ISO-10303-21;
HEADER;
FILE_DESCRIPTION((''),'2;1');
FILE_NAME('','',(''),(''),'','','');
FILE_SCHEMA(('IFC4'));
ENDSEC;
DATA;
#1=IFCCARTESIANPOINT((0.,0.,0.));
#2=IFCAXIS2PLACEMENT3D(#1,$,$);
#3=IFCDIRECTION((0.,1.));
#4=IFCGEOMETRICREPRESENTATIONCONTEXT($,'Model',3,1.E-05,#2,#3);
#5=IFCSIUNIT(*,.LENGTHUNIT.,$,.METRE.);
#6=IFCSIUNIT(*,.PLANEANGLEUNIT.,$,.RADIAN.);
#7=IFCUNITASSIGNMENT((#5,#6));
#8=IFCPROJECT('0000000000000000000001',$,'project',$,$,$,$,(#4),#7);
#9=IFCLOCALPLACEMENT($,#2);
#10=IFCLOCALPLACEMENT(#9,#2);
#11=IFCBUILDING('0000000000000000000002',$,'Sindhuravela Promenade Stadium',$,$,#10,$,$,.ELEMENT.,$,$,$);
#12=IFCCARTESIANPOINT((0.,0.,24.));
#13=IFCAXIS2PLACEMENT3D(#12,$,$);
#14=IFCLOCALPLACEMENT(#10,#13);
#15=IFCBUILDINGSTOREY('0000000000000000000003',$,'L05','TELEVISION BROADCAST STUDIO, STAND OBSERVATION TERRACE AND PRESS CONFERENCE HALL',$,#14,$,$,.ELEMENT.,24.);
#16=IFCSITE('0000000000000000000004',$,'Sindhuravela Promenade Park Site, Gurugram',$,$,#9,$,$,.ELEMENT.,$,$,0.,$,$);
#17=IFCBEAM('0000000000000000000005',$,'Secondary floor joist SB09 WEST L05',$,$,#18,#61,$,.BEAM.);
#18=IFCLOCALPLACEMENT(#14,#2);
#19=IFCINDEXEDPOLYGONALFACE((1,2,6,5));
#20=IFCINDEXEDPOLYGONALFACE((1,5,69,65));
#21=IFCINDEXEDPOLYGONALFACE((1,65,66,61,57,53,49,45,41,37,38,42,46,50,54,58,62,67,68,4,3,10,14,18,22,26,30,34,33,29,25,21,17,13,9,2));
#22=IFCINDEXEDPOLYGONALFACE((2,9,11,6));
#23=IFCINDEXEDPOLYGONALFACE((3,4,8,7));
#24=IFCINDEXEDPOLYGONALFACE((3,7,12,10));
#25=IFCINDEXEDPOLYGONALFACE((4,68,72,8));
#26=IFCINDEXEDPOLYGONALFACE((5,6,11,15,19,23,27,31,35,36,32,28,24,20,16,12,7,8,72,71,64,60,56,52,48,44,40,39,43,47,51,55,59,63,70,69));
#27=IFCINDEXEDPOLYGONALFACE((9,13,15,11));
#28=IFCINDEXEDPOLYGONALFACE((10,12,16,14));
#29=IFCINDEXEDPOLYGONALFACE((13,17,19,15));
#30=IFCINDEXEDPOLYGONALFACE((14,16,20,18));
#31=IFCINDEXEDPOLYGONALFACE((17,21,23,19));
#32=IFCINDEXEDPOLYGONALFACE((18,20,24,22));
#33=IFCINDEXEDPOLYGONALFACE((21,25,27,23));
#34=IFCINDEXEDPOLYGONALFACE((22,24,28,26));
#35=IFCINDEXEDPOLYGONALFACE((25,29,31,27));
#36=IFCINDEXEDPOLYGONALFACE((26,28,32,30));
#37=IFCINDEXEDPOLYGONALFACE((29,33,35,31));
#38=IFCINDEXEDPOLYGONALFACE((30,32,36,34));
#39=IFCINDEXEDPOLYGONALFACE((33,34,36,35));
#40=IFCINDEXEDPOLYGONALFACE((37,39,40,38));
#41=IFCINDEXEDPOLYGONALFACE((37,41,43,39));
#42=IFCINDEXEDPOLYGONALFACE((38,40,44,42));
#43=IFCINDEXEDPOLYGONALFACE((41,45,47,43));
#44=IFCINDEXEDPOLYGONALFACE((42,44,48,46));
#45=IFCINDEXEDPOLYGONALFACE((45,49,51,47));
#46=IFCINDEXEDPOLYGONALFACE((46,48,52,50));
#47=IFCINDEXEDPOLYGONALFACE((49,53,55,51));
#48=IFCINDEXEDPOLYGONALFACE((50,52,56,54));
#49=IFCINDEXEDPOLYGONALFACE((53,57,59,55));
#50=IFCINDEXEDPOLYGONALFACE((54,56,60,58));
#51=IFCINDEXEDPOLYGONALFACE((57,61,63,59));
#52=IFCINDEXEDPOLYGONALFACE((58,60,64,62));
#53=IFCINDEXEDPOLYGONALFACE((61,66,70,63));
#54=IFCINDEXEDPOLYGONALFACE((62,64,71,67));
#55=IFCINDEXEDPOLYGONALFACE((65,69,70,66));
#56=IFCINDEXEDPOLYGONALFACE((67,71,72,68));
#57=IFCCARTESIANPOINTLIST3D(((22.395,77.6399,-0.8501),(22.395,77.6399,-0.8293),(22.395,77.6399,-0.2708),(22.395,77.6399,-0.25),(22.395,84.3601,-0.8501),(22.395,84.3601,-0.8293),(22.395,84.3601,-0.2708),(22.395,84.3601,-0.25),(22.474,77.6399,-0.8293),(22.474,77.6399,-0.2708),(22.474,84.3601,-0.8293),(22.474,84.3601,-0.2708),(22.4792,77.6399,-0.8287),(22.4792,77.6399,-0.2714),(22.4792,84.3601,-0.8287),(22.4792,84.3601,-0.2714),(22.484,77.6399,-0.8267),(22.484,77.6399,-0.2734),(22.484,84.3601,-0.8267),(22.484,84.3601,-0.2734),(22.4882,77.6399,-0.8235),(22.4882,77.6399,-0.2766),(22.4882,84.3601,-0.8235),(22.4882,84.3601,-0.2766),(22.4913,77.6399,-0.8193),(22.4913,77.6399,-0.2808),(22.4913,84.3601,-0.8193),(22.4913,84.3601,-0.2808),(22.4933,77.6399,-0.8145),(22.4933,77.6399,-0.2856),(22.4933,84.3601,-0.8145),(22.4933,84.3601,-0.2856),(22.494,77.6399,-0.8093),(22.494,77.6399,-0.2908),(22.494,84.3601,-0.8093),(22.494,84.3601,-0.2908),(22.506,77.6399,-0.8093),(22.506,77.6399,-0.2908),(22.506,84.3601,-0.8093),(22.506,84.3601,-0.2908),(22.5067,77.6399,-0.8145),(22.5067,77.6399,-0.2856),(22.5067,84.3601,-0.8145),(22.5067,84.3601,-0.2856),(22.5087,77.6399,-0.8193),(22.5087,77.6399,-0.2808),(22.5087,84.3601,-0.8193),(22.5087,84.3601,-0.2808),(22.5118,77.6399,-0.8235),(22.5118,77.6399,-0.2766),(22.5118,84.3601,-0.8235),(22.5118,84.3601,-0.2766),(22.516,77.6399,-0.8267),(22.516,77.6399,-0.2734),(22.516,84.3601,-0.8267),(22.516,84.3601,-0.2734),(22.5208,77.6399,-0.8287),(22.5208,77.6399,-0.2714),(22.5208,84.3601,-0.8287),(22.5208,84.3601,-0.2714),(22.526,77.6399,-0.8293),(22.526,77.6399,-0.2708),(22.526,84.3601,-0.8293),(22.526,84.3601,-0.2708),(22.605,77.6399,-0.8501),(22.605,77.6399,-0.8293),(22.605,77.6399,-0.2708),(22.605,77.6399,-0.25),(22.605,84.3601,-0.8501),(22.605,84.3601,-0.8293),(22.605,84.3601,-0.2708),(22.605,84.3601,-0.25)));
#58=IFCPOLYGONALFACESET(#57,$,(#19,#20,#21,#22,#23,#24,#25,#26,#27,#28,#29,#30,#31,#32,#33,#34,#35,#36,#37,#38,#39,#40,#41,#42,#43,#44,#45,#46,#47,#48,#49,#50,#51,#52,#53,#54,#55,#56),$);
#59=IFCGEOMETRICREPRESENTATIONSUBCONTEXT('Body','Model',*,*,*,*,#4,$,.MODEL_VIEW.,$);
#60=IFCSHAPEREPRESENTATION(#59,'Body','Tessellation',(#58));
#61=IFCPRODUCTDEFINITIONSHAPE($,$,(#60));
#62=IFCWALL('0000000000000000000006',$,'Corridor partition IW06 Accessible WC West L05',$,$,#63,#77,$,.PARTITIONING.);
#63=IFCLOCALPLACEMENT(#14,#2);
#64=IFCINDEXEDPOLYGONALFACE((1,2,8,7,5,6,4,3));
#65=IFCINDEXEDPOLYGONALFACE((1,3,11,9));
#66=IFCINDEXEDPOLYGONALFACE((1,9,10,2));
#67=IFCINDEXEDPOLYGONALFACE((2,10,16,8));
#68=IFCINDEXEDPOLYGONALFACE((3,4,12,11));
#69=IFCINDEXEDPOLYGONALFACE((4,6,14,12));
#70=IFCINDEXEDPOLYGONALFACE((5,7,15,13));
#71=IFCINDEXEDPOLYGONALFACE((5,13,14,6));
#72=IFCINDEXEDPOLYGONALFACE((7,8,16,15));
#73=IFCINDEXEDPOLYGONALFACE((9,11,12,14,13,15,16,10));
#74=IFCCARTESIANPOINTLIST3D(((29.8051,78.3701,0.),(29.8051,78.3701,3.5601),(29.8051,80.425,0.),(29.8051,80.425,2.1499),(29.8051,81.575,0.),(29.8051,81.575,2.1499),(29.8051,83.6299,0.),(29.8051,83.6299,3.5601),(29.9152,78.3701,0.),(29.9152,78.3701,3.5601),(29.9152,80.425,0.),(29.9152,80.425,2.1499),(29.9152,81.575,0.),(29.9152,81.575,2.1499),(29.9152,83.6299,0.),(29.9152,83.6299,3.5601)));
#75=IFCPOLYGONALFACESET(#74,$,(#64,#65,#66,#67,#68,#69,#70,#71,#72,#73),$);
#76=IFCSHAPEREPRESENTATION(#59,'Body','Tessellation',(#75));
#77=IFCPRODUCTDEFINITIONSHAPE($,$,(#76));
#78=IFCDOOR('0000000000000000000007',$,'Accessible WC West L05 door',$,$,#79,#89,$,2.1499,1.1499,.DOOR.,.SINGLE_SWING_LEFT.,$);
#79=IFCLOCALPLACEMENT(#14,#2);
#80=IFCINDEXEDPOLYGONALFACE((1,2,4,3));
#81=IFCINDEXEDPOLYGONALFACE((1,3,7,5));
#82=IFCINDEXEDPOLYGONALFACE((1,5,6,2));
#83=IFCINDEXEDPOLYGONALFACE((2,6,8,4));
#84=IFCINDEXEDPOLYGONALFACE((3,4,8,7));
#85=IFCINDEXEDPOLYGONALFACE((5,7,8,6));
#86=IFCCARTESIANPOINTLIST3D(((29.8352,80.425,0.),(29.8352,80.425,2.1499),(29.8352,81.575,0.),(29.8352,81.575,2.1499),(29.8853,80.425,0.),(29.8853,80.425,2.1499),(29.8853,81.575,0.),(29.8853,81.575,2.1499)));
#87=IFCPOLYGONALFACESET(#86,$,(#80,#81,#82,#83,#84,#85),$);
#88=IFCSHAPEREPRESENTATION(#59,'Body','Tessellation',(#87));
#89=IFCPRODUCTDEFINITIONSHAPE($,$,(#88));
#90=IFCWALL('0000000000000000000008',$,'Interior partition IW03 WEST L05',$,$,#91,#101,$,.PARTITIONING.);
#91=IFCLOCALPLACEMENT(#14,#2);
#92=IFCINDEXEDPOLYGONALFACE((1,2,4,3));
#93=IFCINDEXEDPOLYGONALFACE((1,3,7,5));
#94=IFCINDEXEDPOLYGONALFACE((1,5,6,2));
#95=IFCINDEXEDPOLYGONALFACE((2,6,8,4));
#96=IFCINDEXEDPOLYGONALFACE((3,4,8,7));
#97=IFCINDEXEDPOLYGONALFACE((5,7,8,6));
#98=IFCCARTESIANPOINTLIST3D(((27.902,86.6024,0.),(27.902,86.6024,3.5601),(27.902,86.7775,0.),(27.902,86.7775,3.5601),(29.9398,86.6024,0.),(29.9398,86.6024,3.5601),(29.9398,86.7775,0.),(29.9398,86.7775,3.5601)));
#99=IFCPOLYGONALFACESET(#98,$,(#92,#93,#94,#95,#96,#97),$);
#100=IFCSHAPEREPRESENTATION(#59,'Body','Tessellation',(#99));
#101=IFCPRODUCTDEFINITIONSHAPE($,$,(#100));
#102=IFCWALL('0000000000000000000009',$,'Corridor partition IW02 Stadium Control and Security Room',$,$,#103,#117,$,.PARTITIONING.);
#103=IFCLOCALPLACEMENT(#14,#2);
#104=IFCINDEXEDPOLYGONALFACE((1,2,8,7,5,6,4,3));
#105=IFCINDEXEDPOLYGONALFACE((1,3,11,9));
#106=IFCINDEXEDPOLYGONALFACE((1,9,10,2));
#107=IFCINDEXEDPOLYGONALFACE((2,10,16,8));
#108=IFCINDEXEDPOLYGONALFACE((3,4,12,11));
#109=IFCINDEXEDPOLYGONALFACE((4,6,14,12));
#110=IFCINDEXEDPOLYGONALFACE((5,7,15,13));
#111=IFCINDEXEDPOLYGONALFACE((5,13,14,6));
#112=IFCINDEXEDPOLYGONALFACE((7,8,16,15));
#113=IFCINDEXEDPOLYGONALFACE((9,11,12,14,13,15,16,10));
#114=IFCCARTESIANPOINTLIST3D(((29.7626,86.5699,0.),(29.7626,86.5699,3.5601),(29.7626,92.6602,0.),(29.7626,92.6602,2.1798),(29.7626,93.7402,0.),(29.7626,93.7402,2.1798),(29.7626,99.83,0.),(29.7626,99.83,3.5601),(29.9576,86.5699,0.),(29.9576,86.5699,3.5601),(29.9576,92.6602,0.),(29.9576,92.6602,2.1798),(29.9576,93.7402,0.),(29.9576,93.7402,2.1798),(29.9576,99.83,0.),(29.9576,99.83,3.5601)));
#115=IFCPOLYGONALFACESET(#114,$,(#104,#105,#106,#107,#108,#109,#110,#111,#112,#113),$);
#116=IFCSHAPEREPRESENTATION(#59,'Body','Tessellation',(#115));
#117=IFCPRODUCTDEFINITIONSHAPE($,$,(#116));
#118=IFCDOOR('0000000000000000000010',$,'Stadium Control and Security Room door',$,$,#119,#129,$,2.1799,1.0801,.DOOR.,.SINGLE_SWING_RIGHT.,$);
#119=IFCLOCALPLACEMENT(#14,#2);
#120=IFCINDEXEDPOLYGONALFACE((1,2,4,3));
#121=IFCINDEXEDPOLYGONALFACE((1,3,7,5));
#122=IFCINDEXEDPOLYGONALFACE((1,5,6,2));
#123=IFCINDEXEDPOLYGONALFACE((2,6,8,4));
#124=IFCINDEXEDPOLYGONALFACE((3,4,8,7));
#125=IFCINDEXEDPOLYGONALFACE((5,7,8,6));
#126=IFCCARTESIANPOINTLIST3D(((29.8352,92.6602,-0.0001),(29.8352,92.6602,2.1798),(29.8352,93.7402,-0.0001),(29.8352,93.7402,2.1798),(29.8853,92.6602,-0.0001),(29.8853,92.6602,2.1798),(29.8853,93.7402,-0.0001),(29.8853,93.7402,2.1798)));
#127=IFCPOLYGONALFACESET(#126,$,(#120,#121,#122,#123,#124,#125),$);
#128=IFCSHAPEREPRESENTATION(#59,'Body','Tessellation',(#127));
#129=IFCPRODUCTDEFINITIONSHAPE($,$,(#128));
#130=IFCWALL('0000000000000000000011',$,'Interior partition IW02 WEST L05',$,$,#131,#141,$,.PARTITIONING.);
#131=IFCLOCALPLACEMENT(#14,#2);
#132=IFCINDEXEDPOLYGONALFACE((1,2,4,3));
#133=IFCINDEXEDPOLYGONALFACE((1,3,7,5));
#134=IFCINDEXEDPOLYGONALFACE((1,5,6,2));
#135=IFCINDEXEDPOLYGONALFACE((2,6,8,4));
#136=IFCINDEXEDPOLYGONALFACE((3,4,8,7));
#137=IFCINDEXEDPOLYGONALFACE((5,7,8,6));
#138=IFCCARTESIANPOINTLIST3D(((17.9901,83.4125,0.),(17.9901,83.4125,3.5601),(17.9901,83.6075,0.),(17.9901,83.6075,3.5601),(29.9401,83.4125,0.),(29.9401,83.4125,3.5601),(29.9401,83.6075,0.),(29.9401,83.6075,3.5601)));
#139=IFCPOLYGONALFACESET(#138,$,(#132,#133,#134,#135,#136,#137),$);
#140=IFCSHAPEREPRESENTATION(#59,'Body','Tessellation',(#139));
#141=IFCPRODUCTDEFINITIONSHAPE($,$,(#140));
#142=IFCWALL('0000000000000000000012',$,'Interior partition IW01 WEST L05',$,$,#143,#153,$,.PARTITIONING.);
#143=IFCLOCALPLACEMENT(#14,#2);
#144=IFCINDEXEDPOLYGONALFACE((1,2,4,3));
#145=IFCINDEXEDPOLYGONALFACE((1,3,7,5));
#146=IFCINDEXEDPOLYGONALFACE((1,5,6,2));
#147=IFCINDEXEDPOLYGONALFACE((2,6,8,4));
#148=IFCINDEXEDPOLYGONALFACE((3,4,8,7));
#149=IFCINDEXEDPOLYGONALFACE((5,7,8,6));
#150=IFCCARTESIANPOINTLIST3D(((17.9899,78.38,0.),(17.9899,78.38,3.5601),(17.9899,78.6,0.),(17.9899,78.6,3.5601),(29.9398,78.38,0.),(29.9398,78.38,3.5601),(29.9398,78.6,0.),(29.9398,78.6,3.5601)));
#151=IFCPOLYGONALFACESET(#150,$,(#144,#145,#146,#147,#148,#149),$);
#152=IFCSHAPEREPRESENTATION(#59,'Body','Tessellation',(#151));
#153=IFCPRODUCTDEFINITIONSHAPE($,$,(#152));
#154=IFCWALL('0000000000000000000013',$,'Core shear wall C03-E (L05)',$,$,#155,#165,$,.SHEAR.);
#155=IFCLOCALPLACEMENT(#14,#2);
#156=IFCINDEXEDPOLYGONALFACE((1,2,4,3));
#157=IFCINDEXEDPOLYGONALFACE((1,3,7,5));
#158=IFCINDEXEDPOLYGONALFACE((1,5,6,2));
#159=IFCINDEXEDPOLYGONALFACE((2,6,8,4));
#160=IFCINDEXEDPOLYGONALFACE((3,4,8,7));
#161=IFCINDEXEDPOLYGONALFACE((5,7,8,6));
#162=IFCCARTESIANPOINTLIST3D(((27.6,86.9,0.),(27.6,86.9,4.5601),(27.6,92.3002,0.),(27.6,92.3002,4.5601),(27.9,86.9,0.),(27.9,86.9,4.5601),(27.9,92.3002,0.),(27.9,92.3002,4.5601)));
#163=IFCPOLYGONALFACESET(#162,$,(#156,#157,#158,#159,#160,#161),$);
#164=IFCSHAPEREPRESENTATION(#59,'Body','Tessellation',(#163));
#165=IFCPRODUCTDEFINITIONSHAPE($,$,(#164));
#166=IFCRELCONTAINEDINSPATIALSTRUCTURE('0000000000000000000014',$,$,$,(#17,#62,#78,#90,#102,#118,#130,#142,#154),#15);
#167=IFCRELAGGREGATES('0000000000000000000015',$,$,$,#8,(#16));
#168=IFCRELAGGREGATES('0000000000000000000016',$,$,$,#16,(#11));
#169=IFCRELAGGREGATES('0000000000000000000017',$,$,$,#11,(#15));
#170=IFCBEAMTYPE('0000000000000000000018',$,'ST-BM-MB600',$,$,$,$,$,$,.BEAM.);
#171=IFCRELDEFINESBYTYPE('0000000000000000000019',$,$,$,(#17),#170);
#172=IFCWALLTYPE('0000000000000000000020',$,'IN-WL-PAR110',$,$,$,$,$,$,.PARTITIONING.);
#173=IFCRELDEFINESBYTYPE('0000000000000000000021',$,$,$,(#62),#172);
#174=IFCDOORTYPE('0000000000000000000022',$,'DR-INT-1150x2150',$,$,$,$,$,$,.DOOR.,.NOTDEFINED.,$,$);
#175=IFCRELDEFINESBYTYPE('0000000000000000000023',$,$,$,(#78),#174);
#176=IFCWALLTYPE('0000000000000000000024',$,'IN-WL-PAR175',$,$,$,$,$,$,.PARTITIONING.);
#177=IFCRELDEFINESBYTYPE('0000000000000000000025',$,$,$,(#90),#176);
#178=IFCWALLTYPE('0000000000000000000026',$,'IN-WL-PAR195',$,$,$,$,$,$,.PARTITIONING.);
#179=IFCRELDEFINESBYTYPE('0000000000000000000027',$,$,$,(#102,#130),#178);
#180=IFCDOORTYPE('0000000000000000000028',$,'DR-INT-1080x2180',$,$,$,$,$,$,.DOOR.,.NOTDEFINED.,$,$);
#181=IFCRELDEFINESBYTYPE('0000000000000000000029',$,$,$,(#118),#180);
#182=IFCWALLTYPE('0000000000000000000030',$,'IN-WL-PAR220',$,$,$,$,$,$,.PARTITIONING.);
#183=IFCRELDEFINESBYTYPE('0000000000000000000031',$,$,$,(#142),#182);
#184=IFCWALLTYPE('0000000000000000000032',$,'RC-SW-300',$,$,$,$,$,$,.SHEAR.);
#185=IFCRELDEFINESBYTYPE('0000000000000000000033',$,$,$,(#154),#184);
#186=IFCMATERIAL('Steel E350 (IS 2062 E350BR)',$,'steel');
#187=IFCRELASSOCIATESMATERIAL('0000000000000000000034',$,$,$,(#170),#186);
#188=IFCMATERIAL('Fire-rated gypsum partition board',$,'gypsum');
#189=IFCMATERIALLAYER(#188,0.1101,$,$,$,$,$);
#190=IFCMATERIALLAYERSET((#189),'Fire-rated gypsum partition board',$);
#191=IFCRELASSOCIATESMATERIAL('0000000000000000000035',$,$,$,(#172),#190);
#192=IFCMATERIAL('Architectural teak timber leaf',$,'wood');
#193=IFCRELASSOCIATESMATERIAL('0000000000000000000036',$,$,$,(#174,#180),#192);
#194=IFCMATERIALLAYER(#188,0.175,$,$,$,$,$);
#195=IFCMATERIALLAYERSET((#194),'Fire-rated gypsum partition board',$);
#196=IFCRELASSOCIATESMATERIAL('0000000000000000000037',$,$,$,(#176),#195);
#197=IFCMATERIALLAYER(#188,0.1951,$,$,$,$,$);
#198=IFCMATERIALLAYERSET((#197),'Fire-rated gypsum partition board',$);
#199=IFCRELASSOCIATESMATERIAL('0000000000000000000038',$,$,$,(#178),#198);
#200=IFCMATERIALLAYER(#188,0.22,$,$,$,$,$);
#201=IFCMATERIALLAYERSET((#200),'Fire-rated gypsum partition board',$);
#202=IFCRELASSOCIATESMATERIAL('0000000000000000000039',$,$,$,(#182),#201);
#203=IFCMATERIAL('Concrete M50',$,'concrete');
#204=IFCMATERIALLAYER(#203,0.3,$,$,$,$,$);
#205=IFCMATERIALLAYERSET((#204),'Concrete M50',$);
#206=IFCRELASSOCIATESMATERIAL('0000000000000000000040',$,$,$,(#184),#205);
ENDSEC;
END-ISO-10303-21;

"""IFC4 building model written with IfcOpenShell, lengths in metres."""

from ifc_helpers import new_model, si_unit, direction, frame, frame_2d, origin, origin_2d, place, context, subcontext, project, spatial, rectangle, i_section, extrude, material, layer, layer_set, material_profile, profile_set, type_object, element, fill, save


model = new_model("IFC4")

# Units and contexts
model_context = context("Model", 3, precision=1e-05, world=origin(), true_north=direction((0.0, 1.0)))
body_context = subcontext(model_context, "Body", "Model", "MODEL_VIEW")
ifc_project = project(units=[si_unit("LENGTHUNIT", "METRE"), si_unit("PLANEANGLEUNIT", "RADIAN")], contexts=[model_context])

# Site, building, storey
site_placement = place(None, origin())
site = spatial("IfcSite", under=ifc_project, at=site_placement, Name="Sindhuravela Promenade Park Site, Gurugram", CompositionType="ELEMENT", RefElevation=0.0)
building_placement = place(site_placement, origin())
building = spatial("IfcBuilding", under=site, at=building_placement, Name="Sindhuravela Promenade Stadium", CompositionType="ELEMENT")
storey_placement = place(building_placement, frame((0.0, 0.0, 24.0)))
storey = spatial("IfcBuildingStorey", under=building, at=storey_placement, Name="L05", Description="TELEVISION BROADCAST STUDIO, STAND OBSERVATION TERRACE AND PRESS CONFERENCE HALL", CompositionType="ELEMENT", Elevation=24.0)

# Shared definitions
ifc_material_1 = material(Name="Steel E350 (IS 2062 E350BR)", Category="steel")

# Beam
ifc_material_profile_1 = material_profile(ifc_material_1, i_section(OverallWidth=0.21, OverallDepth=0.6001, WebThickness=0.012, FlangeThickness=0.0208, FilletRadius=0.02, at=origin_2d()), Name="ISMB 600")
ifc_profile_set_1 = profile_set([ifc_material_profile_1], Name="Steel E350 (IS 2062 E350BR)")
beam_type_1 = type_object("IfcBeamType", Name="ST-BM-MB600", PredefinedType="BEAM", material=ifc_profile_set_1)
beam_1_placement = place(storey_placement, frame((22.5, 77.6399, -0.55), z_axis=(0.0, 1.0, 0.0), x_axis=(-1.0, 0.0, 0.0)))
element("IfcBeam", 1, at=beam_1_placement, inside=storey, type_object=beam_type_1, Name="Secondary floor joist SB09 WEST L05", PredefinedType="BEAM", context=body_context, shape_type="SweptSolid", body=[
    extrude(i_section(OverallWidth=0.21, OverallDepth=0.6001, WebThickness=0.012, FlangeThickness=0.0208, FilletRadius=0.02, at=origin_2d()), origin(), (0.0, 0.0, 1.0), 6.7202),
])

# Wall, opening, door
ifc_material_2 = material(Name="Fire-rated gypsum partition board", Category="gypsum")
ifc_layer_1 = layer(ifc_material_2, 0.1101)
ifc_layer_set_1 = layer_set([ifc_layer_1], Name="Fire-rated gypsum partition board")
wall_type_1 = type_object("IfcWallType", Name="IN-WL-PAR110", PredefinedType="PARTITIONING", material=ifc_layer_set_1)
wall_1_placement = place(storey_placement, frame((29.8601, 78.3701, 0.0), z_axis=(0.0, 0.0, 1.0), x_axis=(0.0, 1.0, 0.0)))
wall_1 = element("IfcWall", 2, at=wall_1_placement, inside=storey, type_object=wall_type_1, Name="Corridor partition IW06 Accessible WC West L05", PredefinedType="PARTITIONING", context=body_context, shape_type="SweptSolid", body=[
    extrude(rectangle(XDim=5.2598, YDim=0.1101, at=frame_2d((2.6299, 0.0))), origin(), (0.0, 0.0, 1.0), 3.5601),
])
opening_1_placement = place(wall_1_placement, frame((2.0549, 0.0, 0.0)))
opening_1 = element("IfcOpeningElement", 3, at=opening_1_placement, cuts=wall_1, PredefinedType="OPENING", context=body_context, shape_type="SweptSolid", body=[
    extrude(rectangle(XDim=1.1499, YDim=2.1499, at=frame_2d((0.575, 1.075))), frame((0.0, 0.0649, 0.0), z_axis=(0.0, -1.0, 0.0), x_axis=(1.0, 0.0, 0.0)), (0.0, 0.0, 1.0), 0.1301),
])
ifc_material_3 = material(Name="Architectural teak timber leaf", Category="wood")
door_type_1 = type_object("IfcDoorType", Name="DR-INT-1150x2150", OperationType="NOTDEFINED", PredefinedType="DOOR", material=ifc_material_3)
door_1_placement = place(opening_1_placement, origin())
door_1 = element("IfcDoor", 4, at=door_1_placement, inside=storey, type_object=door_type_1, Name="Accessible WC West L05 door", OperationType="SINGLE_SWING_LEFT", OverallHeight=2.1499, OverallWidth=1.1499, PredefinedType="DOOR", context=body_context, shape_type="SweptSolid", body=[
    extrude(rectangle(XDim=1.1499, YDim=2.1499, at=frame_2d((0.575, 1.075))), frame((0.0, 0.0249, 0.0), z_axis=(0.0, -1.0, 0.0), x_axis=(1.0, 0.0, 0.0)), (0.0, 0.0, 1.0), 0.05),
])
fill(opening_1, door_1)

# Wall
ifc_layer_2 = layer(ifc_material_2, 0.175)
ifc_layer_set_2 = layer_set([ifc_layer_2], Name="Fire-rated gypsum partition board")
wall_type_2 = type_object("IfcWallType", Name="IN-WL-PAR175", PredefinedType="PARTITIONING", material=ifc_layer_set_2)
wall_2_placement = place(storey_placement, frame((29.9399, 86.6899, 0.0), z_axis=(0.0, 0.0, 1.0), x_axis=(-1.0, 0.0, 0.0)))
element("IfcWall", 5, at=wall_2_placement, inside=storey, type_object=wall_type_2, Name="Interior partition IW03 WEST L05", PredefinedType="PARTITIONING", context=body_context, shape_type="SweptSolid", body=[
    extrude(rectangle(XDim=2.0378, YDim=0.175, at=frame_2d((1.019, 0.0))), origin(), (0.0, 0.0, 1.0), 3.5601),
])

# Wall, opening, door
ifc_layer_3 = layer(ifc_material_2, 0.1951)
ifc_layer_set_3 = layer_set([ifc_layer_3], Name="Fire-rated gypsum partition board")
wall_type_3 = type_object("IfcWallType", Name="IN-WL-PAR195", PredefinedType="PARTITIONING", material=ifc_layer_set_3)
wall_3_placement = place(storey_placement, frame((29.8601, 86.5701, 0.0), z_axis=(0.0, 0.0, 1.0), x_axis=(0.0, 1.0, 0.0)))
wall_3 = element("IfcWall", 6, at=wall_3_placement, inside=storey, type_object=wall_type_3, Name="Corridor partition IW02 Stadium Control and Security Room", PredefinedType="PARTITIONING", context=body_context, shape_type="SweptSolid", body=[
    extrude(rectangle(XDim=13.26, YDim=0.1951, at=frame_2d((6.6299, 0.0))), origin(), (0.0, 0.0, 1.0), 3.5601),
])
opening_2_placement = place(wall_3_placement, frame((6.0901, 0.0, 0.0)))
opening_2 = element("IfcOpeningElement", 7, at=opening_2_placement, cuts=wall_3, PredefinedType="OPENING", context=body_context, shape_type="SweptSolid", body=[
    extrude(rectangle(XDim=1.0801, YDim=2.1799, at=frame_2d((0.54, 1.0898))), frame((0.0, 0.1074, 0.0), z_axis=(0.0, -1.0, 0.0), x_axis=(1.0, 0.0, 0.0)), (0.0, 0.0, 1.0), 0.2151),
])
door_type_2 = type_object("IfcDoorType", Name="DR-INT-1080x2180", OperationType="NOTDEFINED", PredefinedType="DOOR", material=ifc_material_3)
door_2_placement = place(opening_2_placement, origin())
door_2 = element("IfcDoor", 8, at=door_2_placement, inside=storey, type_object=door_type_2, Name="Stadium Control and Security Room door", OperationType="SINGLE_SWING_RIGHT", OverallHeight=2.1799, OverallWidth=1.0801, PredefinedType="DOOR", context=body_context, shape_type="SweptSolid", body=[
    extrude(rectangle(XDim=1.0801, YDim=2.1799, at=frame_2d((0.54, 1.0898))), frame((0.0, 0.0249, 0.0), z_axis=(0.0, -1.0, 0.0), x_axis=(1.0, 0.0, 0.0)), (0.0, 0.0, 1.0), 0.05),
])
fill(opening_2, door_2)

# Walls
wall_4_placement = place(storey_placement, frame((17.99, 83.51, 0.0), z_axis=(0.0, 0.0, 1.0), x_axis=(1.0, 0.0, 0.0)))
element("IfcWall", 9, at=wall_4_placement, inside=storey, type_object=wall_type_3, Name="Interior partition IW02 WEST L05", PredefinedType="PARTITIONING", context=body_context, shape_type="SweptSolid", body=[
    extrude(rectangle(XDim=11.95, YDim=0.1951, at=frame_2d((5.9751, 0.0))), origin(), (0.0, 0.0, 1.0), 3.5601),
])
ifc_layer_4 = layer(ifc_material_2, 0.22)
ifc_layer_set_4 = layer_set([ifc_layer_4], Name="Fire-rated gypsum partition board")
wall_type_4 = type_object("IfcWallType", Name="IN-WL-PAR220", PredefinedType="PARTITIONING", material=ifc_layer_set_4)
wall_5_placement = place(storey_placement, frame((29.9399, 78.49, 0.0), z_axis=(0.0, 0.0, 1.0), x_axis=(-1.0, 0.0, 0.0)))
element("IfcWall", 10, at=wall_5_placement, inside=storey, type_object=wall_type_4, Name="Interior partition IW01 WEST L05", PredefinedType="PARTITIONING", context=body_context, shape_type="SweptSolid", body=[
    extrude(rectangle(XDim=11.95, YDim=0.22, at=frame_2d((5.9751, 0.0))), origin(), (0.0, 0.0, 1.0), 3.5601),
])
ifc_material_4 = material(Name="Concrete M50", Category="concrete")
ifc_layer_5 = layer(ifc_material_4, 0.3)
ifc_layer_set_5 = layer_set([ifc_layer_5], Name="Concrete M50")
wall_type_5 = type_object("IfcWallType", Name="RC-SW-300", PredefinedType="SHEAR", material=ifc_layer_set_5)
wall_6_placement = place(storey_placement, frame((27.75, 86.8999, 0.0), z_axis=(0.0, 0.0, 1.0), x_axis=(0.0, 1.0, 0.0)))
element("IfcWall", 11, at=wall_6_placement, inside=storey, type_object=wall_type_5, Name="Core shear wall C03-E (L05)", PredefinedType="SHEAR", context=body_context, shape_type="SweptSolid", body=[
    extrude(rectangle(XDim=5.4001, YDim=0.3, at=frame_2d((2.7002, 0.0))), origin(), (0.0, 0.0, 1.0), 4.5601),
])

save(model, "model.ifc")
